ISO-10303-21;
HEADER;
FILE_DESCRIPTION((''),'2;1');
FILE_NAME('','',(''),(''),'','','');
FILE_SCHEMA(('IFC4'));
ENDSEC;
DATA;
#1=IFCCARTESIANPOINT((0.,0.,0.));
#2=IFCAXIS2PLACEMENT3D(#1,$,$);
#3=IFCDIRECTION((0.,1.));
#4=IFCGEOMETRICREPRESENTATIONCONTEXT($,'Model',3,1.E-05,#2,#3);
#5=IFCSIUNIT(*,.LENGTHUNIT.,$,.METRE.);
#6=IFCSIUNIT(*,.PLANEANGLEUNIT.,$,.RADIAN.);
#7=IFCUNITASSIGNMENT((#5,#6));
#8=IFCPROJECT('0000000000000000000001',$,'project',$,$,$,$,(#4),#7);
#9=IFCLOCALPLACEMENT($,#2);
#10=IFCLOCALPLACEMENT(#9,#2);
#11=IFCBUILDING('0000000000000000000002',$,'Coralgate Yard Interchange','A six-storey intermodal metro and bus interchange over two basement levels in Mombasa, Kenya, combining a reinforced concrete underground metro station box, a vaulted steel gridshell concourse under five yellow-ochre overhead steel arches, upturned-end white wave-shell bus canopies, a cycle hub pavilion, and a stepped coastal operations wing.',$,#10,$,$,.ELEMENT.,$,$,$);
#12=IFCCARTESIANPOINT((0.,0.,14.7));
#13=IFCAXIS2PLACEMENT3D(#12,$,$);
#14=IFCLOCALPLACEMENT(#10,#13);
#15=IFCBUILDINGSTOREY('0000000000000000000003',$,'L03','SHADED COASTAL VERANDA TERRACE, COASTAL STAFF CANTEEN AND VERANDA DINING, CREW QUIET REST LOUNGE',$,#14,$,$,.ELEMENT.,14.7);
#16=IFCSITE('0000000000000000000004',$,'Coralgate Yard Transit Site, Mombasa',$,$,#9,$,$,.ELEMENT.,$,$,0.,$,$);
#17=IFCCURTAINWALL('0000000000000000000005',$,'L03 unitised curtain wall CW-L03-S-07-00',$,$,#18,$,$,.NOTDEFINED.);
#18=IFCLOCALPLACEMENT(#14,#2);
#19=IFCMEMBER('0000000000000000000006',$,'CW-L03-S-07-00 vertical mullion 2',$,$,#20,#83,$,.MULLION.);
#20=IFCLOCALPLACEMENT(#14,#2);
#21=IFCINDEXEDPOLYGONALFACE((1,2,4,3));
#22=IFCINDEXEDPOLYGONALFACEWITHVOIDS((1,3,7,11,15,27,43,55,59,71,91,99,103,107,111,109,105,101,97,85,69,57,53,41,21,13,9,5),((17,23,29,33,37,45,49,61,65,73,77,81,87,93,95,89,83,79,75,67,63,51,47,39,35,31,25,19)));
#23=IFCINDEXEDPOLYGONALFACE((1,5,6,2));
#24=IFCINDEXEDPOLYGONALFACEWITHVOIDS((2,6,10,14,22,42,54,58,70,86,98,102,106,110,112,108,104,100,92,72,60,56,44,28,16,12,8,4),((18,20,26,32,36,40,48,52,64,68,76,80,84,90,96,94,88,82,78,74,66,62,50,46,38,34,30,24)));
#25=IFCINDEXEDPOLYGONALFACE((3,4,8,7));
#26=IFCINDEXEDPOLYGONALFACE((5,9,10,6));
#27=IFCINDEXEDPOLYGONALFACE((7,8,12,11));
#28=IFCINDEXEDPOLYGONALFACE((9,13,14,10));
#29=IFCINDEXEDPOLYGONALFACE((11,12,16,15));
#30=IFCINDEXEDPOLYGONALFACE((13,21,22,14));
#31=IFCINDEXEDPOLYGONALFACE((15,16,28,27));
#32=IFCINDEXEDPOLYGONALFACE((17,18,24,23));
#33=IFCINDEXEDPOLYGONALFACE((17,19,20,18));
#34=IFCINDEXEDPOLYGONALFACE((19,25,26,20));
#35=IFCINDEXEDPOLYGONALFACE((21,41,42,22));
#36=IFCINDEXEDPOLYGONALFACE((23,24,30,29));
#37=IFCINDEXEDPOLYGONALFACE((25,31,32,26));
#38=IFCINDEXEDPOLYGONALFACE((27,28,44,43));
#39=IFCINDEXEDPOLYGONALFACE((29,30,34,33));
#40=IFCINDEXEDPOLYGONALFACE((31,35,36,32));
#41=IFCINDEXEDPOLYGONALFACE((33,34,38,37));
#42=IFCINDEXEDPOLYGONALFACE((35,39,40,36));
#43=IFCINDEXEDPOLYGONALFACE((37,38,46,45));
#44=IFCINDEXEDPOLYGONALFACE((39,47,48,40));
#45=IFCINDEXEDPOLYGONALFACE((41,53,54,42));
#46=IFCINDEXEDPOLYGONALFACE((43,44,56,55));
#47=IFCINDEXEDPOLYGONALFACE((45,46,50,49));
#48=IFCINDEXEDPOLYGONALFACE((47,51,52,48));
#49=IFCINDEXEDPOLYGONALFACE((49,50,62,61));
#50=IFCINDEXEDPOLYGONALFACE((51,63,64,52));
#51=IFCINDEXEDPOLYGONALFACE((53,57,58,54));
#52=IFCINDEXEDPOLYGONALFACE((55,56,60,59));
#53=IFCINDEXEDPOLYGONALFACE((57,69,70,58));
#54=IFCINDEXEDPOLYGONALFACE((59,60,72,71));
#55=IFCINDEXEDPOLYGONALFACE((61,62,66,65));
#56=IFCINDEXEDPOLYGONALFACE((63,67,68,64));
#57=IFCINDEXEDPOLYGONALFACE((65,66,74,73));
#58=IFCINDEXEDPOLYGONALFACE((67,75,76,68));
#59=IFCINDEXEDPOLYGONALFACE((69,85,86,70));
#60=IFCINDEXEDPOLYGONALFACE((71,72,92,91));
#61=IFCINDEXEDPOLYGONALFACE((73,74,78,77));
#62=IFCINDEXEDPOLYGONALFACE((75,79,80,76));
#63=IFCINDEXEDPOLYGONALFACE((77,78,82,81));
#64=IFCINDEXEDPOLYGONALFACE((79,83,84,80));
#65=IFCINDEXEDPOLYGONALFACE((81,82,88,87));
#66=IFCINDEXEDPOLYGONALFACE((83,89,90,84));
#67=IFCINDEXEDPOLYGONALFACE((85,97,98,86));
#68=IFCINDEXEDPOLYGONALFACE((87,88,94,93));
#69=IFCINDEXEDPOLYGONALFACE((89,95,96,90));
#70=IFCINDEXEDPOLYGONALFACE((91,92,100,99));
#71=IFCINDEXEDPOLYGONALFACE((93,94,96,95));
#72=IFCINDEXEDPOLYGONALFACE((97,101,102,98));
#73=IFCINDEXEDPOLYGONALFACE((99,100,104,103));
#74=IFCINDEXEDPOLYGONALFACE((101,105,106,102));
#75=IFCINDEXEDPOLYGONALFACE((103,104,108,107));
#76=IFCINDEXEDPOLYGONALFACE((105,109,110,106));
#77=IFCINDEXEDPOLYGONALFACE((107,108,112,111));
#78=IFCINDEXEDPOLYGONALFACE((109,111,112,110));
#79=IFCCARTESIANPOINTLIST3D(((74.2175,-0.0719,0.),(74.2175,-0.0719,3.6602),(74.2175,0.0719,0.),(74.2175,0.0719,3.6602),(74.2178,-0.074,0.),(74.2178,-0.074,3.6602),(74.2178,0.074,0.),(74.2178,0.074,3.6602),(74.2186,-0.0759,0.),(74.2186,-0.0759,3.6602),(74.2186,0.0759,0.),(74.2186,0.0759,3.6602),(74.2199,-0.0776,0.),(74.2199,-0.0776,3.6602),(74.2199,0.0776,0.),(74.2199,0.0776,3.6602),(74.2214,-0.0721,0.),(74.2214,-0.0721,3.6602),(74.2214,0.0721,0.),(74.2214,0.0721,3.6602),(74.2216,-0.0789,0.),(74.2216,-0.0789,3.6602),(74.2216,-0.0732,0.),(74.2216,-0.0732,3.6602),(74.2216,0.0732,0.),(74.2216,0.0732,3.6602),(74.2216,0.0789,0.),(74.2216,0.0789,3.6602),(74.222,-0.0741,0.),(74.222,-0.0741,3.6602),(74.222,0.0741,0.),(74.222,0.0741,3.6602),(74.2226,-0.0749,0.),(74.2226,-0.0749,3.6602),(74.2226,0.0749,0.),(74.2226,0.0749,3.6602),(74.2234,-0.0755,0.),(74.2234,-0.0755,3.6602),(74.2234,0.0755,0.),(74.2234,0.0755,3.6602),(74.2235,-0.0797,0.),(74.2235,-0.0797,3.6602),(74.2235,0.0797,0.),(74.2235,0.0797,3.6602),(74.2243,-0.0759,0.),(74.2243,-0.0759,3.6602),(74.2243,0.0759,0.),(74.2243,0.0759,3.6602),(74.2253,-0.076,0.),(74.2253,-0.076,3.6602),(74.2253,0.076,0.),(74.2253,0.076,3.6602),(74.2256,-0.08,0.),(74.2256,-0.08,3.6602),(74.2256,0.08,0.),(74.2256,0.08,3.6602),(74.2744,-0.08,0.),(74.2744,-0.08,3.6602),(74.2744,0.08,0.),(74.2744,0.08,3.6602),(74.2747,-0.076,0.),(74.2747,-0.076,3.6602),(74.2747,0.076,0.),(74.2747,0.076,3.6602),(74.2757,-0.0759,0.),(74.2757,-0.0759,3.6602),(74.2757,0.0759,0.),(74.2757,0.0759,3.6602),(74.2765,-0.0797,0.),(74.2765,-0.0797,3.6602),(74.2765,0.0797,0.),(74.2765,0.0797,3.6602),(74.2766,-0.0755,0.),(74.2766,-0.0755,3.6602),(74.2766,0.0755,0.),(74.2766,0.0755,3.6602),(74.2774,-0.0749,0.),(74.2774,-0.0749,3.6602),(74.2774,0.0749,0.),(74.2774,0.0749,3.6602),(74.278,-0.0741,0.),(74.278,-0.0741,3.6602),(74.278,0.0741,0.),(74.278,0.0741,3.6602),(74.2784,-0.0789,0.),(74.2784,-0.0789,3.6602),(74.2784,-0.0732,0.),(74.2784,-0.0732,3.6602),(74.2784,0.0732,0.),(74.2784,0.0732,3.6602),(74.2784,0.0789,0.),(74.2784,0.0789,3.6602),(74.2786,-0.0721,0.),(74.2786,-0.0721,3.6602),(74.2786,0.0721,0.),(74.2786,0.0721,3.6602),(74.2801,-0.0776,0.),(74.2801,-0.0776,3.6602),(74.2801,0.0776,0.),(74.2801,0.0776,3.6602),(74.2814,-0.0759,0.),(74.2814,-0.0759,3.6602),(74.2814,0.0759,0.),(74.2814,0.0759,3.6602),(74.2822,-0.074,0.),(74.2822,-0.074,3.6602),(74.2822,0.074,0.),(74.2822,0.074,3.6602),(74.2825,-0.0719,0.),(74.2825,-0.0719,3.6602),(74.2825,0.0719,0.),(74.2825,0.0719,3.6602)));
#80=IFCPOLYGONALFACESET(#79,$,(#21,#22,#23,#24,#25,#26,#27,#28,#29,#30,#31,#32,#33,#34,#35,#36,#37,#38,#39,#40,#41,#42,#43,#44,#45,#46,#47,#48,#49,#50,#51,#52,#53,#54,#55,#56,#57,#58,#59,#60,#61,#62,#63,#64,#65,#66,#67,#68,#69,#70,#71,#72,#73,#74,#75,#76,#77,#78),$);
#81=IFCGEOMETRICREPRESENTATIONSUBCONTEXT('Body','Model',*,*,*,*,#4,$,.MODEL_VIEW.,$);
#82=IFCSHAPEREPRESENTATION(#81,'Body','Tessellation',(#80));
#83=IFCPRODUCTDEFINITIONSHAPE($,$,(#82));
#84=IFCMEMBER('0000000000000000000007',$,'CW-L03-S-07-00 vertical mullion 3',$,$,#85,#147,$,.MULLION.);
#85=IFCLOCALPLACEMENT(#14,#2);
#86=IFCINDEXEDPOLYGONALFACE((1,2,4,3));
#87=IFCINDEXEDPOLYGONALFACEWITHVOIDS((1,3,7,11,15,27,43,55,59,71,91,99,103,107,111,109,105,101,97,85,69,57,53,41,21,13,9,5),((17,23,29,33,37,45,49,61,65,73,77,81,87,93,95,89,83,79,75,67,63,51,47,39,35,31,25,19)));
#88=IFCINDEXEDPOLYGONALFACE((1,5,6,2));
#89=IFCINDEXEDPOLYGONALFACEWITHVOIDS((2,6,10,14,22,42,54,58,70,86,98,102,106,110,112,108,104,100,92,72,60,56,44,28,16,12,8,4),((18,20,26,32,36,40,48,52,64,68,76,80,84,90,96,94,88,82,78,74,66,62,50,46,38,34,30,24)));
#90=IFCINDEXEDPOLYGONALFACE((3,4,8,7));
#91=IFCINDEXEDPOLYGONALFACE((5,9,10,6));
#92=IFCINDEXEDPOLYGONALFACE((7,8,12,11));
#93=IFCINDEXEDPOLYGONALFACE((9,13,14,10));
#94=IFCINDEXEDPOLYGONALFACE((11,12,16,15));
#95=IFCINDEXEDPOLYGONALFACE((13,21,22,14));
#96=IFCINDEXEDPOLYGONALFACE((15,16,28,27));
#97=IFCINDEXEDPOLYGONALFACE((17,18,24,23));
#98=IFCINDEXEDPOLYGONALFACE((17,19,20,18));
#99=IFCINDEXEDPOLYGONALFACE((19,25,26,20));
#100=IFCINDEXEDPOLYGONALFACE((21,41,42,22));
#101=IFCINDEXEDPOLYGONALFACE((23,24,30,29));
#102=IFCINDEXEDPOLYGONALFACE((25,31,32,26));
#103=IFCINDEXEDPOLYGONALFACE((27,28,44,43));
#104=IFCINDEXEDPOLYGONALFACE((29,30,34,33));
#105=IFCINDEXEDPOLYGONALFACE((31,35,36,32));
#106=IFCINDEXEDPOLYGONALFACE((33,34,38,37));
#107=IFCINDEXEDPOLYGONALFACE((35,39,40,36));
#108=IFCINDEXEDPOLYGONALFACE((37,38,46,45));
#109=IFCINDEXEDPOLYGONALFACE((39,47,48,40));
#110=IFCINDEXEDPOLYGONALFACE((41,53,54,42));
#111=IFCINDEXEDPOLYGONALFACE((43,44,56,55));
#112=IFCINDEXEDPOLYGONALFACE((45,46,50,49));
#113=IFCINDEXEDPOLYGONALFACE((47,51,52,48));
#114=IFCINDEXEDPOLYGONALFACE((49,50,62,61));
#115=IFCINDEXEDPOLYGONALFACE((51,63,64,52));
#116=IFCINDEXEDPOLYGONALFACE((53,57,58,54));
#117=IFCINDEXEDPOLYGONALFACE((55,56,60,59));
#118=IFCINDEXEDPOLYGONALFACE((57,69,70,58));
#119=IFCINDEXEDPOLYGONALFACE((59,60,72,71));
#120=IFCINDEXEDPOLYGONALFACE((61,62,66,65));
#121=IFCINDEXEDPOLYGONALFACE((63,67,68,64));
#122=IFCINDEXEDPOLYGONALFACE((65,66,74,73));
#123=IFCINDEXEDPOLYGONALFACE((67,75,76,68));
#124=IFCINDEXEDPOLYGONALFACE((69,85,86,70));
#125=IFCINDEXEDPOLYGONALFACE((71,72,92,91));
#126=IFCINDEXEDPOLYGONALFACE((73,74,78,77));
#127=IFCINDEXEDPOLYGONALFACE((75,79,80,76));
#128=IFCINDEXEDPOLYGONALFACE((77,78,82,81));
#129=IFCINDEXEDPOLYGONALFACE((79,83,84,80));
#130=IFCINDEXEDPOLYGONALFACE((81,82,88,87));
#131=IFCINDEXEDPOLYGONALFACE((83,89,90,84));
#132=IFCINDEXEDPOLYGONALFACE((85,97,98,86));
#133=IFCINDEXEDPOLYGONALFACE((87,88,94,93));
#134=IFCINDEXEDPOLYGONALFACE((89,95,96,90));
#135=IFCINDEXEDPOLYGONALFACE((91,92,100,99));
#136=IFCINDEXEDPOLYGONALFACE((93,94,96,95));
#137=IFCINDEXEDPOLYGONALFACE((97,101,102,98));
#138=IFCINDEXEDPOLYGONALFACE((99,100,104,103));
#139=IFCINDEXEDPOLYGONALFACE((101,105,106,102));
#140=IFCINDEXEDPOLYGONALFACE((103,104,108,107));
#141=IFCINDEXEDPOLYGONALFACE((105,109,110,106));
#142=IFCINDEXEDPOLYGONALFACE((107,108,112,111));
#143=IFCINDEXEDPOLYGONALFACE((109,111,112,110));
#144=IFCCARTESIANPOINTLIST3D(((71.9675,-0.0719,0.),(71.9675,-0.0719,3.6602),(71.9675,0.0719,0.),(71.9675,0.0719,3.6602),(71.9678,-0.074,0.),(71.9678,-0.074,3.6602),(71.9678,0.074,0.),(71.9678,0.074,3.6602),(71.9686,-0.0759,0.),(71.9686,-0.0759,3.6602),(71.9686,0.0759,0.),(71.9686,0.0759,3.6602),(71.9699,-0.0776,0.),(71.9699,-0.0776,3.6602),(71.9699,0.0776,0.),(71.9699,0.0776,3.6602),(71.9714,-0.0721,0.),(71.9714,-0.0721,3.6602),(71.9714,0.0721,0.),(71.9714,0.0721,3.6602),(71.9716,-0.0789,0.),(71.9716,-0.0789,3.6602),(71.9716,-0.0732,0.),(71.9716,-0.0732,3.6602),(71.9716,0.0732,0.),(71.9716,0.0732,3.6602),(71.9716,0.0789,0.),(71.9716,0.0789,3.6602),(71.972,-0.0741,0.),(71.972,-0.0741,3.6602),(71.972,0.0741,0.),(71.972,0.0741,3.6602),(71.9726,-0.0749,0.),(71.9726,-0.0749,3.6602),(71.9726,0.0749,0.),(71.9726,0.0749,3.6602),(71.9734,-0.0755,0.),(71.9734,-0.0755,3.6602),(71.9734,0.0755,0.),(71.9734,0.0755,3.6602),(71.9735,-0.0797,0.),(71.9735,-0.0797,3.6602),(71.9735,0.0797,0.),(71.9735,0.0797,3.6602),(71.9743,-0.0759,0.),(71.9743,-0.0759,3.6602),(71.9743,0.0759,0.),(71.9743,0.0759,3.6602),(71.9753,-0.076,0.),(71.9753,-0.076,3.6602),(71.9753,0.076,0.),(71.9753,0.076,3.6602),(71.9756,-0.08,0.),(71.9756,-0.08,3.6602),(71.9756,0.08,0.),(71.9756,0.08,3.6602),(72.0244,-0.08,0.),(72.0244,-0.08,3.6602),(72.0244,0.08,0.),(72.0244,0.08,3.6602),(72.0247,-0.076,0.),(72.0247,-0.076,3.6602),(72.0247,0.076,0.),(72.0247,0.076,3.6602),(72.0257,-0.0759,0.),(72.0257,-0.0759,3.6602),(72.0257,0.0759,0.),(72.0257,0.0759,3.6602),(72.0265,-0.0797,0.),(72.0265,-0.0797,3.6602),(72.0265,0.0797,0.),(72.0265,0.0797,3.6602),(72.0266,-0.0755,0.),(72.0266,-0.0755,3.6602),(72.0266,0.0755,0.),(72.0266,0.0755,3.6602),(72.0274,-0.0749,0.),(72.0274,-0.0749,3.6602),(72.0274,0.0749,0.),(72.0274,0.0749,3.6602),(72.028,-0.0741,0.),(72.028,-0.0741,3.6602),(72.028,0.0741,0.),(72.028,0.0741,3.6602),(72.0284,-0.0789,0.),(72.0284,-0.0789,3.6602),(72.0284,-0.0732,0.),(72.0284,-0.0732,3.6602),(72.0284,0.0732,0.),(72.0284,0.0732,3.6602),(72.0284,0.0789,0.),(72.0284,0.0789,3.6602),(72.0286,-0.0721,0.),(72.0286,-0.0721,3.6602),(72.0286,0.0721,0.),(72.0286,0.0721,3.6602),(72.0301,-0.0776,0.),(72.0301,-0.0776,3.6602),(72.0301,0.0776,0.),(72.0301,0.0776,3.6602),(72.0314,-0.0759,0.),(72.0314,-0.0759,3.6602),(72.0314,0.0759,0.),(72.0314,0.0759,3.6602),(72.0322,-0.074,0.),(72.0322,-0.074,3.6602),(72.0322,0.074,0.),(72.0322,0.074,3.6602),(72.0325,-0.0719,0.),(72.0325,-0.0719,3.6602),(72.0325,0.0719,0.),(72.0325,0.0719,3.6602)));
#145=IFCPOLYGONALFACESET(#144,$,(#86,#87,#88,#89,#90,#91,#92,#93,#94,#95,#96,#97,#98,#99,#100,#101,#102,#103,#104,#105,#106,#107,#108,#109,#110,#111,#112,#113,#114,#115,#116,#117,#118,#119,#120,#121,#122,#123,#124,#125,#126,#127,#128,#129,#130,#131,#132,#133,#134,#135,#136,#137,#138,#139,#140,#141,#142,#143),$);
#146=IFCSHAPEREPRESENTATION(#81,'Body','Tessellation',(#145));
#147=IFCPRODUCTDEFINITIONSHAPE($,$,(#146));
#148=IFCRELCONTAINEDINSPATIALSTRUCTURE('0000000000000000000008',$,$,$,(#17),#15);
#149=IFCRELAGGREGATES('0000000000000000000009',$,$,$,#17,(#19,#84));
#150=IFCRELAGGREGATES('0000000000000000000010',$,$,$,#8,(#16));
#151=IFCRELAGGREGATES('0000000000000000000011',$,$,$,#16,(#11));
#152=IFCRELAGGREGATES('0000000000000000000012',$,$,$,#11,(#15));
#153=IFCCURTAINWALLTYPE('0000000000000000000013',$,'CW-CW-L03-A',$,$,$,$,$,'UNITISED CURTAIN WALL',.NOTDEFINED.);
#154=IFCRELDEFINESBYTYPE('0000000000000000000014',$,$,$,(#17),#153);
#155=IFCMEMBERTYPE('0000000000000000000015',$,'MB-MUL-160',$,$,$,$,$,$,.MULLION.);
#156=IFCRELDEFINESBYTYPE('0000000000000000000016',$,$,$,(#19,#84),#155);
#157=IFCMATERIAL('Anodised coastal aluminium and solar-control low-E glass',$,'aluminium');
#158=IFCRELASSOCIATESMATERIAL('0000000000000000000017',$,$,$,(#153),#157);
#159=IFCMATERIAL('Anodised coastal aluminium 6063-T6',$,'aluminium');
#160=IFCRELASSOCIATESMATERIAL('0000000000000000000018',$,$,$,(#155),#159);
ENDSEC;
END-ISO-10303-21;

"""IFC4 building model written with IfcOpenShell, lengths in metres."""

from ifc_helpers import new_model, si_unit, direction, frame, origin, origin_2d, place, context, subcontext, project, spatial, hollow_rectangle, extrude, material, material_profile, profile_set, type_object, element, aggregate, save


model = new_model("IFC4")

# Units and contexts
model_context = context("Model", 3, precision=1e-05, world=origin(), true_north=direction((0.0, 1.0)))
body_context = subcontext(model_context, "Body", "Model", "MODEL_VIEW")
ifc_project = project(units=[si_unit("LENGTHUNIT", "METRE"), si_unit("PLANEANGLEUNIT", "RADIAN")], contexts=[model_context])

# Site, building, storey
site_placement = place(None, origin())
site = spatial("IfcSite", under=ifc_project, at=site_placement, Name="Coralgate Yard Transit Site, Mombasa", CompositionType="ELEMENT", RefElevation=0.0)
building_placement = place(site_placement, origin())
building = spatial("IfcBuilding", under=site, at=building_placement, Name="Coralgate Yard Interchange", Description="A six-storey intermodal metro and bus interchange over two basement levels in Mombasa, Kenya, combining a reinforced concrete underground metro station box, a vaulted steel gridshell concourse under five yellow-ochre overhead steel arches, upturned-end white wave-shell bus canopies, a cycle hub pavilion, and a stepped coastal operations wing.", CompositionType="ELEMENT")
storey_placement = place(building_placement, frame((0.0, 0.0, 14.7)))
storey = spatial("IfcBuildingStorey", under=building, at=storey_placement, Name="L03", Description="SHADED COASTAL VERANDA TERRACE, COASTAL STAFF CANTEEN AND VERANDA DINING, CREW QUIET REST LOUNGE", CompositionType="ELEMENT", Elevation=14.7)

# Curtain wall, members
ifc_material_1 = material(Name="Anodised coastal aluminium and solar-control low-E glass", Category="aluminium")
curtain_wall_type = type_object("IfcCurtainWallType", Name="CW-CW-L03-A", ElementType="UNITISED CURTAIN WALL", PredefinedType="NOTDEFINED", material=ifc_material_1)
curtain_wall_placement = place(storey_placement, origin())
curtain_wall = element("IfcCurtainWall", 1, at=curtain_wall_placement, inside=storey, type_object=curtain_wall_type, Name="L03 unitised curtain wall CW-L03-S-07-00", PredefinedType="NOTDEFINED")
ifc_material_2 = material(Name="Anodised coastal aluminium 6063-T6", Category="aluminium")
ifc_material_profile_1 = material_profile(ifc_material_2, hollow_rectangle(XDim=0.0649, YDim=0.1599, WallThickness=0.0039, InnerFilletRadius=0.0039, OuterFilletRadius=0.0081, at=origin_2d()), Name="ALU 65x160x4")
ifc_profile_set_1 = profile_set([ifc_material_profile_1], Name="Anodised coastal aluminium 6063-T6")
member_type_1 = type_object("IfcMemberType", Name="MB-MUL-160", PredefinedType="MULLION", material=ifc_profile_set_1)
member_1_placement = place(storey_placement, frame((74.25, 0.0, 0.0), z_axis=(0.0, 0.0, 1.0), x_axis=(1.0, 0.0, 0.0)))
member_1 = element("IfcMember", 2, at=member_1_placement, type_object=member_type_1, Name="CW-L03-S-07-00 vertical mullion 2", PredefinedType="MULLION", context=body_context, shape_type="SweptSolid", body=[
    extrude(hollow_rectangle(XDim=0.0649, YDim=0.1599, WallThickness=0.0039, InnerFilletRadius=0.0039, OuterFilletRadius=0.0081, at=origin_2d()), origin(), (0.0, 0.0, 1.0), 3.6602),
])
member_2_placement = place(storey_placement, frame((72.0, 0.0, 0.0), z_axis=(0.0, 0.0, 1.0), x_axis=(1.0, 0.0, 0.0)))
member_2 = element("IfcMember", 3, at=member_2_placement, type_object=member_type_1, Name="CW-L03-S-07-00 vertical mullion 3", PredefinedType="MULLION", context=body_context, shape_type="SweptSolid", body=[
    extrude(hollow_rectangle(XDim=0.0649, YDim=0.1599, WallThickness=0.0039, InnerFilletRadius=0.0039, OuterFilletRadius=0.0081, at=origin_2d()), origin(), (0.0, 0.0, 1.0), 3.6602),
])
aggregate(curtain_wall, [member_1, member_2])

save(model, "model.ifc")
